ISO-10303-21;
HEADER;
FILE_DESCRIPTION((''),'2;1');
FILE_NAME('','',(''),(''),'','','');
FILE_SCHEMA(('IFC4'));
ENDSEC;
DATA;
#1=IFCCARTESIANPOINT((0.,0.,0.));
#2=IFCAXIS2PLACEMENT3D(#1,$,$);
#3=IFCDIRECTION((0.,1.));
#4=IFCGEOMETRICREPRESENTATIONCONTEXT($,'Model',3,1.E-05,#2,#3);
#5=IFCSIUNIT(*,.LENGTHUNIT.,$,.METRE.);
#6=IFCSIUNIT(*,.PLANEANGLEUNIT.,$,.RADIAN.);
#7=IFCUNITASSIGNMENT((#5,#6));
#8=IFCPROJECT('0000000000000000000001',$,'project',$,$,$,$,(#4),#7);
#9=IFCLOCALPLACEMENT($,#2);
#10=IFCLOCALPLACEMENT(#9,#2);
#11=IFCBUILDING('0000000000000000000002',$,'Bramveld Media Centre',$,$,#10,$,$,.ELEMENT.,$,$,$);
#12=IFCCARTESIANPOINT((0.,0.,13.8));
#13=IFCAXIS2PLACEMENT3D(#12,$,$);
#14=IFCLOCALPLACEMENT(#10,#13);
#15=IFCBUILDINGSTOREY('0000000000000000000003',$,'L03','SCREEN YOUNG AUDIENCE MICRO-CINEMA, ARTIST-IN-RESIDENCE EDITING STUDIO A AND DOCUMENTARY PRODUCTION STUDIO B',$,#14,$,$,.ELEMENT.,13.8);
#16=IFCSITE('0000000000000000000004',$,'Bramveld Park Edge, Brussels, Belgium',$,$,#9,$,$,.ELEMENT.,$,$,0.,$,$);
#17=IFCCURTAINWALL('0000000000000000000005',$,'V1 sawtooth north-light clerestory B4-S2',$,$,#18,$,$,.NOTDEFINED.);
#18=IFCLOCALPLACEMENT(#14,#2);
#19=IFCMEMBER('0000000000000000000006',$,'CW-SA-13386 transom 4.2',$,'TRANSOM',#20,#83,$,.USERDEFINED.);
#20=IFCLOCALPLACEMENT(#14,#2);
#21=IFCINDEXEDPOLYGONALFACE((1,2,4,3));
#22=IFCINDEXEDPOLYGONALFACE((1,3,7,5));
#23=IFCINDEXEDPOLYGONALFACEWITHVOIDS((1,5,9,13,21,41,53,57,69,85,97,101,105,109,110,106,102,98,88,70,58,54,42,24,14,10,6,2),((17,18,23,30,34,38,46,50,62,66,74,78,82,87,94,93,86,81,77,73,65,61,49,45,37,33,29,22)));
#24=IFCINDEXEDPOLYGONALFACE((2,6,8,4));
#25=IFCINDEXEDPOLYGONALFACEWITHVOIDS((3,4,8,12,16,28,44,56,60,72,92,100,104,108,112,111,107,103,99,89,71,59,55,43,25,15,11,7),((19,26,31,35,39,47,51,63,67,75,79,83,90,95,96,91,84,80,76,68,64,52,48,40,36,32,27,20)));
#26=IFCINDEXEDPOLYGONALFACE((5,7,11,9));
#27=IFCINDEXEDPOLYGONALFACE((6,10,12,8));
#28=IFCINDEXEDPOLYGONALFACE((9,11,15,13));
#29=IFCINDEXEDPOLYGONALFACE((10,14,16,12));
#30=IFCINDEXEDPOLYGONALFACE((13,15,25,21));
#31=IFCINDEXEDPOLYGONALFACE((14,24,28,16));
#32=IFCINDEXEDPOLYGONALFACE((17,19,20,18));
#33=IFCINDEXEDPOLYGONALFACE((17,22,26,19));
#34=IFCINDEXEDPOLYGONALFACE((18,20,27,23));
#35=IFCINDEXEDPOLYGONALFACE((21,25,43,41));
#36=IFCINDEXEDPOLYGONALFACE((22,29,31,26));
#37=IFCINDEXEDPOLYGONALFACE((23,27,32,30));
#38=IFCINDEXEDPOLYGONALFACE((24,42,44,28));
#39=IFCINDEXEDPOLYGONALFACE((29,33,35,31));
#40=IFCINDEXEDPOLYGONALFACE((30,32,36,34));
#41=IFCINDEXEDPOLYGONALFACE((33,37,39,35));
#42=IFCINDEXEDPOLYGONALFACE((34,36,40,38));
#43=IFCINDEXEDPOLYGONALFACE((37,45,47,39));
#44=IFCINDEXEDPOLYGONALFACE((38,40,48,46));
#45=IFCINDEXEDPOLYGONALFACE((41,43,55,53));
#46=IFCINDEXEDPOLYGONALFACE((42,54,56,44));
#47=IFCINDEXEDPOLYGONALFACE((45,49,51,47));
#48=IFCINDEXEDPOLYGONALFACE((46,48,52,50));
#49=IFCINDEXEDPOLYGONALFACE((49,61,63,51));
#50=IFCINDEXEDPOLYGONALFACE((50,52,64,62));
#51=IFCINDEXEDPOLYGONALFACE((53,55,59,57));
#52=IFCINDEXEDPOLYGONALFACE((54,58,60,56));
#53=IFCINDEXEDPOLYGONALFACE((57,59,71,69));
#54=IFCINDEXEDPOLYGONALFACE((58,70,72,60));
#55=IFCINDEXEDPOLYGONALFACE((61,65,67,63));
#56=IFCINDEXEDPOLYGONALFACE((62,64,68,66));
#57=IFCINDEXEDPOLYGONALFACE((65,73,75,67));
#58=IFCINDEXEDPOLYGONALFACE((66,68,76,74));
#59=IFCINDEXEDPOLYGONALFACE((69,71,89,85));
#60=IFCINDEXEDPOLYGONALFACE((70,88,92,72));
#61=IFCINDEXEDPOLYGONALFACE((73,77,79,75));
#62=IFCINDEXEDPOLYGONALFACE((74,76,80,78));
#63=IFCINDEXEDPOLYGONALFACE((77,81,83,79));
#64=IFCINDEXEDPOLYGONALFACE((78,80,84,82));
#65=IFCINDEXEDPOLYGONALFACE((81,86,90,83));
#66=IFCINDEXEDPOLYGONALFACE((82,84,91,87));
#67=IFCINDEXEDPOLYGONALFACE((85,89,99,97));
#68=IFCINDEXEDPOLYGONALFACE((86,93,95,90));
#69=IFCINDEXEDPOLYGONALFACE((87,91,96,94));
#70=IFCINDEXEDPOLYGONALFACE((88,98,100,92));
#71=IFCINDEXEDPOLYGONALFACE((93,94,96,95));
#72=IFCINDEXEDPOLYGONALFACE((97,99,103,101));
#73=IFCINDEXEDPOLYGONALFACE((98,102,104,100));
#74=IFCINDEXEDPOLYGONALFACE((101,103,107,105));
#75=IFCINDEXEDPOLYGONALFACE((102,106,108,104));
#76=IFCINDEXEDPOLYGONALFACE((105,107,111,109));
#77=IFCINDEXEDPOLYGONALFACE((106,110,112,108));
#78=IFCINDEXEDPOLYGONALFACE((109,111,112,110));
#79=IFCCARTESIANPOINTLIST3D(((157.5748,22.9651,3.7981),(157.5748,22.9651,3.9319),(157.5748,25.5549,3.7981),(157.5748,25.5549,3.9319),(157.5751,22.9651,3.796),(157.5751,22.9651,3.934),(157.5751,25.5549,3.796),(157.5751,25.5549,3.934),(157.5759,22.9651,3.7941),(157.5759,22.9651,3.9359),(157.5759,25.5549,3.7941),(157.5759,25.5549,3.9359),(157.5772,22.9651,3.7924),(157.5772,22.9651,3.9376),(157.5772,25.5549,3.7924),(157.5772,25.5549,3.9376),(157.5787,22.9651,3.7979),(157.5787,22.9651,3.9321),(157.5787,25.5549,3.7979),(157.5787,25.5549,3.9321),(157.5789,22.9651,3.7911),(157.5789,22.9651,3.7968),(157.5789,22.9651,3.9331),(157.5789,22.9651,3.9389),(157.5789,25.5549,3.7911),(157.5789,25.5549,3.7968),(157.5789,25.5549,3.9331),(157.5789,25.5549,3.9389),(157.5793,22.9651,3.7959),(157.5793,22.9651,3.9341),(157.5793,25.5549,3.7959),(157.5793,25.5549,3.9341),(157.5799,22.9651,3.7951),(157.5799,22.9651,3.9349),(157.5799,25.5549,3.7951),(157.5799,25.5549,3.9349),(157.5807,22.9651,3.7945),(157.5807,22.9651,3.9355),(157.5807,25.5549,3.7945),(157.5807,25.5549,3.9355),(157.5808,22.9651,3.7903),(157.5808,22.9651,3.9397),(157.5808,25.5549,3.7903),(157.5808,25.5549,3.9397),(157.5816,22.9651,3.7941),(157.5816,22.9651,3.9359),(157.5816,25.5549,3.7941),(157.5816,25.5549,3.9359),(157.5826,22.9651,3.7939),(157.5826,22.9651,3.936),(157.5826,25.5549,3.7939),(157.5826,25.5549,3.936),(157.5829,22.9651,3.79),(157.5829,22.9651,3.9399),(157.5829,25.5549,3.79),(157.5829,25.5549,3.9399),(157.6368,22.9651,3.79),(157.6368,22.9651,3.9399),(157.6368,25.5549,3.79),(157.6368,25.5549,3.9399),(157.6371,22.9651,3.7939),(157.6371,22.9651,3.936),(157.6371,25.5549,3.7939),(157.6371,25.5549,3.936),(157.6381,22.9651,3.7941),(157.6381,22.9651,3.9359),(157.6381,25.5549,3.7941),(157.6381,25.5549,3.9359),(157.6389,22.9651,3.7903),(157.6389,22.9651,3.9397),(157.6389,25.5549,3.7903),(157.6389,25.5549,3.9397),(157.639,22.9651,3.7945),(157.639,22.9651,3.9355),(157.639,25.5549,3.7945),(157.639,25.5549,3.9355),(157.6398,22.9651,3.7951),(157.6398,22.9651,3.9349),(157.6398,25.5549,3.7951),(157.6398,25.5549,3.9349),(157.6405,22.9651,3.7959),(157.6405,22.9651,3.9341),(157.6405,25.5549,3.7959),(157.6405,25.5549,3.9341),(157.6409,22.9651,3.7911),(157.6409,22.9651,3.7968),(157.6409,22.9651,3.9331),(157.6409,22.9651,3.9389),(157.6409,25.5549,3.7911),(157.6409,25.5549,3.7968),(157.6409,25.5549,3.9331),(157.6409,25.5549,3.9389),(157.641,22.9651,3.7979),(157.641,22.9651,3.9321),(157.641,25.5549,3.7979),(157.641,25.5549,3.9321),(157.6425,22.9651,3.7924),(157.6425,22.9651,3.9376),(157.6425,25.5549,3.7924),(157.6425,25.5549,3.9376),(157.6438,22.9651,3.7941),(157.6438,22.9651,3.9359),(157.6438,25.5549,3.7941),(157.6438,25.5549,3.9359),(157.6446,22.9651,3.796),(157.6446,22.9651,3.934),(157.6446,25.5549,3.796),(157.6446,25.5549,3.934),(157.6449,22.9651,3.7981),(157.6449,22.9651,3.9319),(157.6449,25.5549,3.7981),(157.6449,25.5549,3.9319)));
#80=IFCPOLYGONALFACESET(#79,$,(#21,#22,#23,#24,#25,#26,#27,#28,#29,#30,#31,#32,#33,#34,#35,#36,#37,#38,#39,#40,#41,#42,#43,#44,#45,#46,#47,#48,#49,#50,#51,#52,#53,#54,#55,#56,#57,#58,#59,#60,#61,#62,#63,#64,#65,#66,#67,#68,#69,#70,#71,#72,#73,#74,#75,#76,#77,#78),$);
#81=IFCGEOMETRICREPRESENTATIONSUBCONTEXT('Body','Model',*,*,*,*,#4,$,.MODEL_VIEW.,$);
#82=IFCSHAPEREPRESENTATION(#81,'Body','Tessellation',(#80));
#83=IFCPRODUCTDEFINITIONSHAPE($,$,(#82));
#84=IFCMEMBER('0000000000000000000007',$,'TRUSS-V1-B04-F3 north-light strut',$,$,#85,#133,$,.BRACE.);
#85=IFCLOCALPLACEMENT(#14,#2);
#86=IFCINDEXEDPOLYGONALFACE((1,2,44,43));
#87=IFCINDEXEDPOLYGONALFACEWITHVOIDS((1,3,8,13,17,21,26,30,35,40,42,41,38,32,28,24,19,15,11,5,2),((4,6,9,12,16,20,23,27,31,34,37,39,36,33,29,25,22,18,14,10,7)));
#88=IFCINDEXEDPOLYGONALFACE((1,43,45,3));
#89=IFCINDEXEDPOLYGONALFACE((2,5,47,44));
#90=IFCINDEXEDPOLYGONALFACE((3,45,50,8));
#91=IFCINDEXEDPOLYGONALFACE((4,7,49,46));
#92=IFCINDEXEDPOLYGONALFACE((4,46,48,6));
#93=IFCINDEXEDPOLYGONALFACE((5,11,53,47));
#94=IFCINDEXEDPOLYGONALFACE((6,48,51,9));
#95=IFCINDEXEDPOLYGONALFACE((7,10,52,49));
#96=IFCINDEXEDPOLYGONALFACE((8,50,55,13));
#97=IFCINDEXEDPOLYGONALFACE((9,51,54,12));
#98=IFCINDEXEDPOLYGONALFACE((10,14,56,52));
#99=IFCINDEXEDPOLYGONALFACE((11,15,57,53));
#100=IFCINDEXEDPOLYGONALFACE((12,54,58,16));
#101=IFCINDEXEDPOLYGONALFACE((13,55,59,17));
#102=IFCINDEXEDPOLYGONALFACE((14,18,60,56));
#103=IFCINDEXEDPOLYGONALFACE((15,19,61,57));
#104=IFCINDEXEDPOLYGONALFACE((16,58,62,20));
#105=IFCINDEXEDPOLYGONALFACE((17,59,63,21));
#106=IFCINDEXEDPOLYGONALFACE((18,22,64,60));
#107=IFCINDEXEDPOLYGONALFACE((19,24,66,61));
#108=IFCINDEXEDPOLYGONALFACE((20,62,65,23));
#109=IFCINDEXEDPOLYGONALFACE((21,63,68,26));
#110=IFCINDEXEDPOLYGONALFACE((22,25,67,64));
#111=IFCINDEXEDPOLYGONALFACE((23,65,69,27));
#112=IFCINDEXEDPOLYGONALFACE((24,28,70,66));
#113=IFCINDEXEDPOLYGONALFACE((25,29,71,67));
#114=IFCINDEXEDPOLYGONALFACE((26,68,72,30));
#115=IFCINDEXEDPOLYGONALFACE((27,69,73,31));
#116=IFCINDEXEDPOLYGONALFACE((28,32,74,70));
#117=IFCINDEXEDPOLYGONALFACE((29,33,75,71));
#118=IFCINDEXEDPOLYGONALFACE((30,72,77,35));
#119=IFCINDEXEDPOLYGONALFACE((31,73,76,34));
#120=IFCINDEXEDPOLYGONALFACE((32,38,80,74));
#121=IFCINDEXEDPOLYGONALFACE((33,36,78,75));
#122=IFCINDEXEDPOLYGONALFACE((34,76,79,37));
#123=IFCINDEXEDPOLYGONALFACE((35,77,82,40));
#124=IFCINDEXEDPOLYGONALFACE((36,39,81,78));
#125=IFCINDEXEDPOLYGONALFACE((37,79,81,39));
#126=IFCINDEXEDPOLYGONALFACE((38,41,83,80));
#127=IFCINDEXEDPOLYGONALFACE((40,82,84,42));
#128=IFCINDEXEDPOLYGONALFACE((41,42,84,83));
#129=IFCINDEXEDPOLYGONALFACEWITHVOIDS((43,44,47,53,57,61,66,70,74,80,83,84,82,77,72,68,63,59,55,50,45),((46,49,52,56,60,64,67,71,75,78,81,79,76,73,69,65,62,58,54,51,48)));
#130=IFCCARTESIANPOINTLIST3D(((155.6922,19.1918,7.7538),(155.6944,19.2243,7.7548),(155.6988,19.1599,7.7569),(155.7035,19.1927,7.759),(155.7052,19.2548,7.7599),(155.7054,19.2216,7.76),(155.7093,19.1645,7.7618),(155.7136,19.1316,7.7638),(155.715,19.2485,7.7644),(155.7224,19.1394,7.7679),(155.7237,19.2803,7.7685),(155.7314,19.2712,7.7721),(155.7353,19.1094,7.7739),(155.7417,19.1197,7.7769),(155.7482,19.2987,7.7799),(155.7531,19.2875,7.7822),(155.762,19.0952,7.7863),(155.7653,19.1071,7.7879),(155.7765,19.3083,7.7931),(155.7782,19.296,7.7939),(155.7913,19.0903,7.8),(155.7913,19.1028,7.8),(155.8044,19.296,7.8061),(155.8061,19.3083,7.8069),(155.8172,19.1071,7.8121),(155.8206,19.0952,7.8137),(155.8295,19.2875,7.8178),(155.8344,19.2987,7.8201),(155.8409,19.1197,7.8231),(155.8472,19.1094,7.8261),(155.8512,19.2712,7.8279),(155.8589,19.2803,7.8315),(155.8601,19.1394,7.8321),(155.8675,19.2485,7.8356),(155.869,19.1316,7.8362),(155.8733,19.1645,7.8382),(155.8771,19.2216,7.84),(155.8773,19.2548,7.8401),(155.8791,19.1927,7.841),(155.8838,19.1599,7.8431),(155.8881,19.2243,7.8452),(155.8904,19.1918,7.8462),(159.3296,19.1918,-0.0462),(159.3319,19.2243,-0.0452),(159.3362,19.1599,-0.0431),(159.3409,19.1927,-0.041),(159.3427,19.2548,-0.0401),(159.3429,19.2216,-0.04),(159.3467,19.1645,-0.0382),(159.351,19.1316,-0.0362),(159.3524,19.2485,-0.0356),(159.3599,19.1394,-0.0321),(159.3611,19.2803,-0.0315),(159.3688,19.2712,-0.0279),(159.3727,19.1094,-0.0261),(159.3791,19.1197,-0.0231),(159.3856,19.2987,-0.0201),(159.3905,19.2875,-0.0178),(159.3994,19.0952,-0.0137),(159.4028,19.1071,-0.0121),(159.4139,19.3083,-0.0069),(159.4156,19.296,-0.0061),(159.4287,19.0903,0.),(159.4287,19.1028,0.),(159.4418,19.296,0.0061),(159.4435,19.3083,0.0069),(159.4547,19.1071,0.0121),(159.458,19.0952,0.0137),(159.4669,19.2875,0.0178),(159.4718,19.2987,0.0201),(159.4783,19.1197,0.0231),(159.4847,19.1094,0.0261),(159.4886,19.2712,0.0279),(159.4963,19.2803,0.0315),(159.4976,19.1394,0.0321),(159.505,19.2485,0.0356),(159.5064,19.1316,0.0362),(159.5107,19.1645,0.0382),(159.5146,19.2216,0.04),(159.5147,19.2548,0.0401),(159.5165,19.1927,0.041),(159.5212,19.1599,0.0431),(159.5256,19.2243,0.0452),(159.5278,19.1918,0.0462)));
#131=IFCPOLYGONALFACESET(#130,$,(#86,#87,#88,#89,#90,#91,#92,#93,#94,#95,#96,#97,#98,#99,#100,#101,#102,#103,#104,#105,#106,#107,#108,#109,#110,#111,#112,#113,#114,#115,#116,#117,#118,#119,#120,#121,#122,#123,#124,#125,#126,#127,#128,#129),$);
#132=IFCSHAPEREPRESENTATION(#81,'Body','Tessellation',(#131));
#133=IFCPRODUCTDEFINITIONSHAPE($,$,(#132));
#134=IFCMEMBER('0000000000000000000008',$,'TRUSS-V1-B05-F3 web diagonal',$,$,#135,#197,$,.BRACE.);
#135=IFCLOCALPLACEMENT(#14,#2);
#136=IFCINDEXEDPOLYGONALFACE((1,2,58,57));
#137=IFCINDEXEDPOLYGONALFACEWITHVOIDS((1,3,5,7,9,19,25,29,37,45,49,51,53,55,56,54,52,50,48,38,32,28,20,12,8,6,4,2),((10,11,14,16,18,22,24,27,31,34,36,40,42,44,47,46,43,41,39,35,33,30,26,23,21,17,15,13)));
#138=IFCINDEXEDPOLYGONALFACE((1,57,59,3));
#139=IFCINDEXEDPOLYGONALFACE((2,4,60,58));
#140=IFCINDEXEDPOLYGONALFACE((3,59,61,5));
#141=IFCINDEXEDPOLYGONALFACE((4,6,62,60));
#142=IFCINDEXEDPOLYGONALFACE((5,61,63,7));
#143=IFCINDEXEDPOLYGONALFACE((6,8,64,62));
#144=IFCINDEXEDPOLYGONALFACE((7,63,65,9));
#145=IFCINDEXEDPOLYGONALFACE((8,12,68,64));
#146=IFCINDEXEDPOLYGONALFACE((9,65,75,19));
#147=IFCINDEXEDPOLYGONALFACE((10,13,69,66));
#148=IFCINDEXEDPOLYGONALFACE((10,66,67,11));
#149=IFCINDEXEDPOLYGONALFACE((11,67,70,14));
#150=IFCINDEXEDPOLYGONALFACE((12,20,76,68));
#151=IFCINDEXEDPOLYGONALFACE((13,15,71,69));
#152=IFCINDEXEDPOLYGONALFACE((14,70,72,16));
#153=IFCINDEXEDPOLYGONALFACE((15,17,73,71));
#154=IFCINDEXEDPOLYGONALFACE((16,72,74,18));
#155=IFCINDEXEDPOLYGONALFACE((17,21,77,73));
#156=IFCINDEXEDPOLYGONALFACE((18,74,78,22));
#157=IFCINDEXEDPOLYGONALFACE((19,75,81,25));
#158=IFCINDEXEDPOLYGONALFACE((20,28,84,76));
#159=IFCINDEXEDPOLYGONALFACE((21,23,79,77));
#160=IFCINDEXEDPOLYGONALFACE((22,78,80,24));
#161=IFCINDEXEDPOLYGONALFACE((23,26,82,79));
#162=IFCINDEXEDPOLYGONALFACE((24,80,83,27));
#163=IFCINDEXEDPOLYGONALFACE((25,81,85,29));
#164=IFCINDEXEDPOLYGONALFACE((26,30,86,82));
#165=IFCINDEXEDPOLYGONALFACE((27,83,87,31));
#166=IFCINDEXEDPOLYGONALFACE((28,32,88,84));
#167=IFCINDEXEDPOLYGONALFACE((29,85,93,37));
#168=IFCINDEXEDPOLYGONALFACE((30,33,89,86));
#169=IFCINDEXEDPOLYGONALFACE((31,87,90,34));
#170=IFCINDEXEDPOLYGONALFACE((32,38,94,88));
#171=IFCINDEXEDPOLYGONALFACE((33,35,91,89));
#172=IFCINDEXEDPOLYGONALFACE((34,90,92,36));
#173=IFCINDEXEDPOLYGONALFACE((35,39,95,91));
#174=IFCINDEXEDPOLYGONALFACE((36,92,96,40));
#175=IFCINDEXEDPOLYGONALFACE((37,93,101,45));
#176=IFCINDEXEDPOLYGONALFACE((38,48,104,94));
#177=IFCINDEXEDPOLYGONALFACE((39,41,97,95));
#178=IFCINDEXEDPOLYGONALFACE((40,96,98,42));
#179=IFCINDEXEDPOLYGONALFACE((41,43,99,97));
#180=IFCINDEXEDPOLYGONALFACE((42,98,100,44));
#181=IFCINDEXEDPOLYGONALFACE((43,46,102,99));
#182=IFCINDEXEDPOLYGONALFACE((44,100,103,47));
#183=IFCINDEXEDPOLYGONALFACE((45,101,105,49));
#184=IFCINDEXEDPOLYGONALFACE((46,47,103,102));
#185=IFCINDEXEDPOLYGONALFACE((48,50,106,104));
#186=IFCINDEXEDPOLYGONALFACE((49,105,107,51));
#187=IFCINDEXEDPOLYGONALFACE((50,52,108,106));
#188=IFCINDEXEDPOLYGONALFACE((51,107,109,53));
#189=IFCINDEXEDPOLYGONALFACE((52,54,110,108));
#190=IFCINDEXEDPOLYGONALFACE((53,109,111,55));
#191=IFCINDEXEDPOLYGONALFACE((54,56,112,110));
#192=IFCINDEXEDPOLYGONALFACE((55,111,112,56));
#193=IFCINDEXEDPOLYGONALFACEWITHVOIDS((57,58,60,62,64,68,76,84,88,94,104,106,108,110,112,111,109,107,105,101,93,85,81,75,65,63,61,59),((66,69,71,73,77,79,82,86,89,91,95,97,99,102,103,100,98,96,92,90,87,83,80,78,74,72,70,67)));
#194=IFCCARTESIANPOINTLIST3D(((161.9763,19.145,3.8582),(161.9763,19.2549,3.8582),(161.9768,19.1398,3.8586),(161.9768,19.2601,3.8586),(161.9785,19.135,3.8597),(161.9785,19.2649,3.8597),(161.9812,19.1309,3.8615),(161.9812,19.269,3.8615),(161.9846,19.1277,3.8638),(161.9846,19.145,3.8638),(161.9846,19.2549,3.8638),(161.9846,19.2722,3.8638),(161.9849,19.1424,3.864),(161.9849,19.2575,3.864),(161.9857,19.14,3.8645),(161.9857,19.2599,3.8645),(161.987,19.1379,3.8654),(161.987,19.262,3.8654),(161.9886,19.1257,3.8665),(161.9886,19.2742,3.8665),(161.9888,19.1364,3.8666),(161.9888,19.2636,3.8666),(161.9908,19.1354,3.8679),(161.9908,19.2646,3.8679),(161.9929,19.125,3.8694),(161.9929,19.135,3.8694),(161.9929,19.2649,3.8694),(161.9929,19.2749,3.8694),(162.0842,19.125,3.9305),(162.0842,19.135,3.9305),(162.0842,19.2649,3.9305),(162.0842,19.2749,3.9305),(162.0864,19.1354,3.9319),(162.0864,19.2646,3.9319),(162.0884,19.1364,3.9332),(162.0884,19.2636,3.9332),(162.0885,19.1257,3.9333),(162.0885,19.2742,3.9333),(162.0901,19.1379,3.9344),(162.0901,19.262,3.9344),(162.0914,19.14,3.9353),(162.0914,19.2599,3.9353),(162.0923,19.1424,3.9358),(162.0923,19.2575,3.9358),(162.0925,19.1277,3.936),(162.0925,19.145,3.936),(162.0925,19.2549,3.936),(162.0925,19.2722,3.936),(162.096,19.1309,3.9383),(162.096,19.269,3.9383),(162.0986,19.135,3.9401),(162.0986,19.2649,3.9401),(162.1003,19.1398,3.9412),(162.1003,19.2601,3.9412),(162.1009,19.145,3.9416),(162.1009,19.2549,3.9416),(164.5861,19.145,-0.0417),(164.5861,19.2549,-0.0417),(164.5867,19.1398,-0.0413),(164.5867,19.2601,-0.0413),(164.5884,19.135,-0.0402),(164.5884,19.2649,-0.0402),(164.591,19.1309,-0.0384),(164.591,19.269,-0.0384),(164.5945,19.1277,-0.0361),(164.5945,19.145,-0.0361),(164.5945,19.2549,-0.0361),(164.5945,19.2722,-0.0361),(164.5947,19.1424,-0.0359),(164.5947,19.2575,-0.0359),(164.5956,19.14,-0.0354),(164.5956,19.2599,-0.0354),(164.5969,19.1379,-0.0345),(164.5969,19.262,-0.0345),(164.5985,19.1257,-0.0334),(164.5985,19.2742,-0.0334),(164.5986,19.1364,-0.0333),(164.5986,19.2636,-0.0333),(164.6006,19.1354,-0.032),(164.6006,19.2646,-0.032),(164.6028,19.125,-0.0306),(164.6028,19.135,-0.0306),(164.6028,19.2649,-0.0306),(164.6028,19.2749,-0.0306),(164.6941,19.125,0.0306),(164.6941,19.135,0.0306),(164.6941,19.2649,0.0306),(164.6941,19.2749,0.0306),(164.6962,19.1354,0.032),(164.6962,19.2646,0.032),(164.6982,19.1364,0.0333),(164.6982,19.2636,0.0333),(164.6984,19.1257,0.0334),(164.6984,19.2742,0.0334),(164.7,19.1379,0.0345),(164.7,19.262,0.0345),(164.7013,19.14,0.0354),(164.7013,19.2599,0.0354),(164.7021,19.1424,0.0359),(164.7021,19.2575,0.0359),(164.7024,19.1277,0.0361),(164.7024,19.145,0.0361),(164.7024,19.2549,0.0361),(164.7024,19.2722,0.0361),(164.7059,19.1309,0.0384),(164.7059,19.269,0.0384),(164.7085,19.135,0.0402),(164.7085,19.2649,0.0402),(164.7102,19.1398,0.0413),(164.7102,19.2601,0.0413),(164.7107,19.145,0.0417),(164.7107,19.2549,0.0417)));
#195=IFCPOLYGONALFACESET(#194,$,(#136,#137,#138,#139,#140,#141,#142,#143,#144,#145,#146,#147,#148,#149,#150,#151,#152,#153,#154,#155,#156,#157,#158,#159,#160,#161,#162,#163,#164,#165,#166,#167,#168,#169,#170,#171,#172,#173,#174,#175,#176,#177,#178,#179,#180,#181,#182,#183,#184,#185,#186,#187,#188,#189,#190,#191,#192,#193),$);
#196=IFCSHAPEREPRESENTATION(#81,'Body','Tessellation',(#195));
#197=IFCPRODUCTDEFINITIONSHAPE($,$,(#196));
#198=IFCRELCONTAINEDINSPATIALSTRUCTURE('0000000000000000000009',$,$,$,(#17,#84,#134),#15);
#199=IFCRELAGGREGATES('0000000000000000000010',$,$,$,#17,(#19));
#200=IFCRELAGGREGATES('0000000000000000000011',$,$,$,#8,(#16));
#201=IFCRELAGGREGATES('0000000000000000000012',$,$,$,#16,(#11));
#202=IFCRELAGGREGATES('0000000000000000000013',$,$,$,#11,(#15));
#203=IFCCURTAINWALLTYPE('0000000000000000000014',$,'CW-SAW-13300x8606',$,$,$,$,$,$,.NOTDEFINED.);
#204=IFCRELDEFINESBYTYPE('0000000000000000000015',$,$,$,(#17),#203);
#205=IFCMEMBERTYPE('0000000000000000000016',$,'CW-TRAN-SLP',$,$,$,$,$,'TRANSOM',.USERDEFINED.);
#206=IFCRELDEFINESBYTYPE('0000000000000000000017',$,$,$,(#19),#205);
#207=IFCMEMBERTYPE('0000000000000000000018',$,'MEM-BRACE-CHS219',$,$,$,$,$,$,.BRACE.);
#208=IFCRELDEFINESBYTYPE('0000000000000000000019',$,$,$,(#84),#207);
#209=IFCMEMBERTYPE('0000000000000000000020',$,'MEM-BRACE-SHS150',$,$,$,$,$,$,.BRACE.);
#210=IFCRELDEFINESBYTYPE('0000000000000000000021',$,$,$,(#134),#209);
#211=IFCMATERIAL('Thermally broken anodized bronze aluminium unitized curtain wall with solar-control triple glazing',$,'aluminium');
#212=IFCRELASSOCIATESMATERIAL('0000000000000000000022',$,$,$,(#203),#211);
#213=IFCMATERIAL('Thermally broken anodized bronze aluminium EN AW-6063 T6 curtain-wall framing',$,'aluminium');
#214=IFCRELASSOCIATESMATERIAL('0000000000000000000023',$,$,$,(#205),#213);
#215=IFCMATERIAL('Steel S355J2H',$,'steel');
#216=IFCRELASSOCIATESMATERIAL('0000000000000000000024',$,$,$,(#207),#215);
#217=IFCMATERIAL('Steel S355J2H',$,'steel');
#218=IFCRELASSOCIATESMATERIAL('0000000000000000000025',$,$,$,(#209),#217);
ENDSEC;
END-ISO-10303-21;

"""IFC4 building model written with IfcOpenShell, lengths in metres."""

from ifc_helpers import new_model, si_unit, direction, frame, origin, origin_2d, place, context, subcontext, project, spatial, hollow_rectangle, hollow_circle, extrude, material, material_profile, profile_set, type_object, element, aggregate, save


model = new_model("IFC4")

# Units and contexts
model_context = context("Model", 3, precision=1e-05, world=origin(), true_north=direction((0.0, 1.0)))
body_context = subcontext(model_context, "Body", "Model", "MODEL_VIEW")
ifc_project = project(units=[si_unit("LENGTHUNIT", "METRE"), si_unit("PLANEANGLEUNIT", "RADIAN")], contexts=[model_context])

# Site, building, storey
site_placement = place(None, origin())
site = spatial("IfcSite", under=ifc_project, at=site_placement, Name="Bramveld Park Edge, Brussels, Belgium", CompositionType="ELEMENT", RefElevation=0.0)
building_placement = place(site_placement, origin())
building = spatial("IfcBuilding", under=site, at=building_placement, Name="Bramveld Media Centre", CompositionType="ELEMENT")
storey_placement = place(building_placement, frame((0.0, 0.0, 13.8)))
storey = spatial("IfcBuildingStorey", under=building, at=storey_placement, Name="L03", Description="SCREEN YOUNG AUDIENCE MICRO-CINEMA, ARTIST-IN-RESIDENCE EDITING STUDIO A AND DOCUMENTARY PRODUCTION STUDIO B", CompositionType="ELEMENT", Elevation=13.8)

# Curtain wall, member
ifc_material_1 = material(Name="Thermally broken anodized bronze aluminium unitized curtain wall with solar-control triple glazing", Category="aluminium")
curtain_wall_type = type_object("IfcCurtainWallType", Name="CW-SAW-13300x8606", PredefinedType="NOTDEFINED", material=ifc_material_1)
curtain_wall_placement = place(storey_placement, origin())
curtain_wall = element("IfcCurtainWall", 1, at=curtain_wall_placement, inside=storey, type_object=curtain_wall_type, Name="V1 sawtooth north-light clerestory B4-S2", PredefinedType="NOTDEFINED")
ifc_material_2 = material(Name="Thermally broken anodized bronze aluminium EN AW-6063 T6 curtain-wall framing", Category="aluminium")
ifc_material_profile_1 = material_profile(ifc_material_2, hollow_rectangle(XDim=0.0701, YDim=0.1499, WallThickness=0.0039, InnerFilletRadius=0.0039, OuterFilletRadius=0.0081, at=origin_2d()), Name="AL-TRAN 70x150")
ifc_profile_set_1 = profile_set([ifc_material_profile_1], Name="Thermally broken anodized bronze aluminium EN AW-6063 T6 curtain-wall framing")
member_type_1 = type_object("IfcMemberType", Name="CW-TRAN-SLP", ElementType="TRANSOM", PredefinedType="USERDEFINED", material=ifc_profile_set_1)
member_1_placement = place(storey_placement, frame((157.6099, 22.9651, 3.865), z_axis=(0.0, 1.0, 0.0), x_axis=(-1.0, 0.0, 0.0)))
member_1 = element("IfcMember", 2, at=member_1_placement, type_object=member_type_1, Name="CW-SA-13386 transom 4.2", ObjectType="TRANSOM", PredefinedType="USERDEFINED", context=body_context, shape_type="SweptSolid", body=[
    extrude(hollow_rectangle(XDim=0.0701, YDim=0.1499, WallThickness=0.0039, InnerFilletRadius=0.0039, OuterFilletRadius=0.0081, at=origin_2d()), origin(), (0.0, 0.0, 1.0), 2.5898),
])

# Members
ifc_material_3 = material(Name="Steel S355J2H", Category="steel")
ifc_material_profile_2 = material_profile(ifc_material_3, hollow_circle(Radius=0.1096, WallThickness=0.0125, at=origin_2d()), Name="CHS 219.1x12.5")
ifc_profile_set_2 = profile_set([ifc_material_profile_2], Name="Steel S355J2H")
member_type_2 = type_object("IfcMemberType", Name="MEM-BRACE-CHS219", PredefinedType="BRACE", material=ifc_profile_set_2)
member_2_placement = place(storey_placement, frame((159.4287, 19.2, 0.0), z_axis=(-0.42264, 0.0, 0.906298), x_axis=(0.0, -1.0, 0.0)))
element("IfcMember", 3, at=member_2_placement, inside=storey, type_object=member_type_2, Name="TRUSS-V1-B04-F3 north-light strut", PredefinedType="BRACE", context=body_context, shape_type="SweptSolid", body=[
    extrude(hollow_circle(Radius=0.1096, WallThickness=0.0125, at=origin_2d()), origin(), (0.0, 0.0, 1.0), 8.6064),
])
ifc_material_4 = material(Name="Steel S355J2H", Category="steel")
ifc_material_profile_3 = material_profile(ifc_material_4, hollow_rectangle(XDim=0.1499, YDim=0.1499, WallThickness=0.01, InnerFilletRadius=0.01, OuterFilletRadius=0.02, at=origin_2d()), Name="SHS 150x150x10")
ifc_profile_set_3 = profile_set([ifc_material_profile_3], Name="Steel S355J2H")
member_type_3 = type_object("IfcMemberType", Name="MEM-BRACE-SHS150", PredefinedType="BRACE", material=ifc_profile_set_3)
member_3_placement = place(storey_placement, frame((164.6484, 19.2, 0.0), z_axis=(-0.556164, 0.0, 0.831073), x_axis=(0.0, -1.0, 0.0)))
element("IfcMember", 4, at=member_3_placement, inside=storey, type_object=member_type_3, Name="TRUSS-V1-B05-F3 web diagonal", PredefinedType="BRACE", context=body_context, shape_type="SweptSolid", body=[
    extrude(hollow_rectangle(XDim=0.1499, YDim=0.1499, WallThickness=0.01, InnerFilletRadius=0.01, OuterFilletRadius=0.02, at=origin_2d()), origin(), (0.0, 0.0, 1.0), 4.6926),
])

aggregate(curtain_wall, [member_1])

save(model, "model.ifc")
